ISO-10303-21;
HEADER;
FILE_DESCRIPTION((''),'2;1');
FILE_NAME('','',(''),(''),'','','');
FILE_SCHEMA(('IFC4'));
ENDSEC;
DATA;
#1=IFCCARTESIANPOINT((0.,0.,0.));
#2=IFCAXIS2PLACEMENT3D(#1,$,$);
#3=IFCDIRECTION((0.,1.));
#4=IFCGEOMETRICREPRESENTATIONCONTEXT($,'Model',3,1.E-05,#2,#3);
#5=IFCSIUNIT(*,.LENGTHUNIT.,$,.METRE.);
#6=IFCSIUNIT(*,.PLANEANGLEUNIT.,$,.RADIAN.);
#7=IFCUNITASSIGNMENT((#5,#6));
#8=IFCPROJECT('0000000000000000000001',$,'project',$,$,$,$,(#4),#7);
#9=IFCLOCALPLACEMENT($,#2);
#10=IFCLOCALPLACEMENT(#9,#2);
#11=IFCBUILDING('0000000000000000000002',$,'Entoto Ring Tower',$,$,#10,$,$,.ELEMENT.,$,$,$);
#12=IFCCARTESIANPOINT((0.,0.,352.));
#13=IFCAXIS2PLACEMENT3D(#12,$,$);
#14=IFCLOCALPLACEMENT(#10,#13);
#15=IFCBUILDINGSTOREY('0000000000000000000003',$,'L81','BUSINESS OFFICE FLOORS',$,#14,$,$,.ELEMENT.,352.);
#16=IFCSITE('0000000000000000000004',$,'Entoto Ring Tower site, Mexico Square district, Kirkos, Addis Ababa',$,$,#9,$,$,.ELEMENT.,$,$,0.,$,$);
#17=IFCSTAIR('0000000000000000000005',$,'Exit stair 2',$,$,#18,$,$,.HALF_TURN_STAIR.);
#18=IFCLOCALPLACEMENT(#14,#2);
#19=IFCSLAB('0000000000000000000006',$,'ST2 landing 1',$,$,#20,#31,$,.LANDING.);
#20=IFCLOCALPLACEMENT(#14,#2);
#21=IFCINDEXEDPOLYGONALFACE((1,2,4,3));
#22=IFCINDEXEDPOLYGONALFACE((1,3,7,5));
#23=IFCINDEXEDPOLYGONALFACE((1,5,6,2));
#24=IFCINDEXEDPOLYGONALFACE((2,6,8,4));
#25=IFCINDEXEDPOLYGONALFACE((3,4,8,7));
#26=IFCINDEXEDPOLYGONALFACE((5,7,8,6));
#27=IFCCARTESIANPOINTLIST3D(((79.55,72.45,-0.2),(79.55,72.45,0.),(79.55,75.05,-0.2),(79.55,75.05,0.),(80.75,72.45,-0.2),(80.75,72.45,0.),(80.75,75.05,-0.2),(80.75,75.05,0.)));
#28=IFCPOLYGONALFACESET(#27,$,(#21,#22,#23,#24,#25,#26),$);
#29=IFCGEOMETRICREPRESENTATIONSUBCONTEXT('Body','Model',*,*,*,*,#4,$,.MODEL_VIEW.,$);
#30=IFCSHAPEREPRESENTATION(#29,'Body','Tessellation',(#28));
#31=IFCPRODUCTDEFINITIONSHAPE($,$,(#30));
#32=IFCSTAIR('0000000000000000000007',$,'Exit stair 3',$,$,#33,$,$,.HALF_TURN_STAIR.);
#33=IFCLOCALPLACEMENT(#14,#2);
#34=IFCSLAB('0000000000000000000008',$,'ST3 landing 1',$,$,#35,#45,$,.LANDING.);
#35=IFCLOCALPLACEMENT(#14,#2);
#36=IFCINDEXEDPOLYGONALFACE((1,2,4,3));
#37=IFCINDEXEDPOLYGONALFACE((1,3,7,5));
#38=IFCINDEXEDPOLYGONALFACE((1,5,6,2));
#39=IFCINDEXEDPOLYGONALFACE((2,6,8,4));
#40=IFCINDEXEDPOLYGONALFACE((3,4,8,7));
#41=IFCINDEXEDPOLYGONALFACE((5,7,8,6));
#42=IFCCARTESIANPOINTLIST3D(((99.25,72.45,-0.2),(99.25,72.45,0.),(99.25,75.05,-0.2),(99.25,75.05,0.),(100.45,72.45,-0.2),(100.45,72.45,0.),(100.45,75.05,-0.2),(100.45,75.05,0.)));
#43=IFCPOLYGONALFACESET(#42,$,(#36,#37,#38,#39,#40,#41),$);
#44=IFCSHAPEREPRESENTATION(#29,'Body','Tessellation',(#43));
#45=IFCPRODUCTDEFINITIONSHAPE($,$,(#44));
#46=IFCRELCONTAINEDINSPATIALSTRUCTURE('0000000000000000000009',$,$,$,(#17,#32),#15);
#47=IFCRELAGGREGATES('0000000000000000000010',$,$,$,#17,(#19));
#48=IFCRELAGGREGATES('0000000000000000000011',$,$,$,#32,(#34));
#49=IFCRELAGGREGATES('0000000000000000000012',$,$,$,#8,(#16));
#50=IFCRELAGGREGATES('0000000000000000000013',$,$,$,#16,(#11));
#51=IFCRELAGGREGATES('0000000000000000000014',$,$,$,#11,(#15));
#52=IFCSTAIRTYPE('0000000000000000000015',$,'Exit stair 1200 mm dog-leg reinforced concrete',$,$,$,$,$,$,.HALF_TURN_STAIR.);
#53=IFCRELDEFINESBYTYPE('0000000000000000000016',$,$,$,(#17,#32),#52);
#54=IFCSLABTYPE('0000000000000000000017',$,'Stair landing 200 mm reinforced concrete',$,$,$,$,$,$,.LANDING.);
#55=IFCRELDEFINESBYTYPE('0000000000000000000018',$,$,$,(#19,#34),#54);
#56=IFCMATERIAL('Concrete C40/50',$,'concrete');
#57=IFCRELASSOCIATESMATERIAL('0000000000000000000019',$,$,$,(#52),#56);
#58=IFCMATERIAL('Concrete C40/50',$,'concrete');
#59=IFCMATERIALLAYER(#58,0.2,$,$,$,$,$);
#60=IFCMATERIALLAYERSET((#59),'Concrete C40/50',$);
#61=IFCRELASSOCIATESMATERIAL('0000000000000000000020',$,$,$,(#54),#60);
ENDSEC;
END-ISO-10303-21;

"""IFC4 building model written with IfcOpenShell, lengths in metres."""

from ifc_helpers import new_model, si_unit, direction, frame, origin, place, context, subcontext, project, spatial, polyline, outline, extrude, material, layer, layer_set, type_object, element, aggregate, save


model = new_model("IFC4")

# Units and contexts
model_context = context("Model", 3, precision=1e-05, world=origin(), true_north=direction((0.0, 1.0)))
body_context = subcontext(model_context, "Body", "Model", "MODEL_VIEW")
ifc_project = project(units=[si_unit("LENGTHUNIT", "METRE"), si_unit("PLANEANGLEUNIT", "RADIAN")], contexts=[model_context])

# Site, building, storey
site_placement = place(None, origin())
building_placement = place(site_placement, origin())
storey_placement = place(building_placement, frame((0.0, 0.0, 352.0)))
site = spatial("IfcSite", under=ifc_project, at=site_placement, Name="Entoto Ring Tower site, Mexico Square district, Kirkos, Addis Ababa", CompositionType="ELEMENT", RefElevation=0.0)
building = spatial("IfcBuilding", under=site, at=building_placement, Name="Entoto Ring Tower", CompositionType="ELEMENT")
storey = spatial("IfcBuildingStorey", under=building, at=storey_placement, Name="L81", Description="BUSINESS OFFICE FLOORS", CompositionType="ELEMENT", Elevation=352.0)

# Stairs, slabs
ifc_material_1 = material(Name="Concrete C40/50", Category="concrete")
stair_type = type_object("IfcStairType", Name="Exit stair 1200 mm dog-leg reinforced concrete", PredefinedType="HALF_TURN_STAIR", material=ifc_material_1)
ifc_material_2 = material(Name="Concrete C40/50", Category="concrete")
ifc_layer_1 = layer(ifc_material_2, 0.2)
ifc_layer_set_1 = layer_set([ifc_layer_1], Name="Concrete C40/50")
slab_type_1 = type_object("IfcSlabType", Name="Stair landing 200 mm reinforced concrete", PredefinedType="LANDING", material=ifc_layer_set_1)
stair_1_placement = place(storey_placement, origin())
stair_1 = element("IfcStair", 1, at=stair_1_placement, inside=storey, type_object=stair_type, Name="Exit stair 2", PredefinedType="HALF_TURN_STAIR")
slab_1_placement = place(storey_placement, frame((0.0, 0.0, -0.2)))
slab_1 = element("IfcSlab", 2, at=slab_1_placement, type_object=slab_type_1, Name="ST2 landing 1", PredefinedType="LANDING", context=body_context, shape_type="SweptSolid", body=[
    extrude(outline(polyline([(80.75, 72.45), (80.75, 75.05), (79.55, 75.05), (79.55, 72.45), (80.75, 72.45)])), origin(), (0.0, 0.0, 1.0), 0.2),
])
aggregate(stair_1, [slab_1])
stair_2_placement = place(storey_placement, origin())
stair_2 = element("IfcStair", 3, at=stair_2_placement, inside=storey, type_object=stair_type, Name="Exit stair 3", PredefinedType="HALF_TURN_STAIR")
slab_2_placement = place(storey_placement, frame((0.0, 0.0, -0.2)))
slab_2 = element("IfcSlab", 4, at=slab_2_placement, type_object=slab_type_1, Name="ST3 landing 1", PredefinedType="LANDING", context=body_context, shape_type="SweptSolid", body=[
    extrude(outline(polyline([(100.45, 72.45), (100.45, 75.05), (99.25, 75.05), (99.25, 72.45), (100.45, 72.45)])), origin(), (0.0, 0.0, 1.0), 0.2),
])
aggregate(stair_2, [slab_2])

save(model, "model.ifc")
